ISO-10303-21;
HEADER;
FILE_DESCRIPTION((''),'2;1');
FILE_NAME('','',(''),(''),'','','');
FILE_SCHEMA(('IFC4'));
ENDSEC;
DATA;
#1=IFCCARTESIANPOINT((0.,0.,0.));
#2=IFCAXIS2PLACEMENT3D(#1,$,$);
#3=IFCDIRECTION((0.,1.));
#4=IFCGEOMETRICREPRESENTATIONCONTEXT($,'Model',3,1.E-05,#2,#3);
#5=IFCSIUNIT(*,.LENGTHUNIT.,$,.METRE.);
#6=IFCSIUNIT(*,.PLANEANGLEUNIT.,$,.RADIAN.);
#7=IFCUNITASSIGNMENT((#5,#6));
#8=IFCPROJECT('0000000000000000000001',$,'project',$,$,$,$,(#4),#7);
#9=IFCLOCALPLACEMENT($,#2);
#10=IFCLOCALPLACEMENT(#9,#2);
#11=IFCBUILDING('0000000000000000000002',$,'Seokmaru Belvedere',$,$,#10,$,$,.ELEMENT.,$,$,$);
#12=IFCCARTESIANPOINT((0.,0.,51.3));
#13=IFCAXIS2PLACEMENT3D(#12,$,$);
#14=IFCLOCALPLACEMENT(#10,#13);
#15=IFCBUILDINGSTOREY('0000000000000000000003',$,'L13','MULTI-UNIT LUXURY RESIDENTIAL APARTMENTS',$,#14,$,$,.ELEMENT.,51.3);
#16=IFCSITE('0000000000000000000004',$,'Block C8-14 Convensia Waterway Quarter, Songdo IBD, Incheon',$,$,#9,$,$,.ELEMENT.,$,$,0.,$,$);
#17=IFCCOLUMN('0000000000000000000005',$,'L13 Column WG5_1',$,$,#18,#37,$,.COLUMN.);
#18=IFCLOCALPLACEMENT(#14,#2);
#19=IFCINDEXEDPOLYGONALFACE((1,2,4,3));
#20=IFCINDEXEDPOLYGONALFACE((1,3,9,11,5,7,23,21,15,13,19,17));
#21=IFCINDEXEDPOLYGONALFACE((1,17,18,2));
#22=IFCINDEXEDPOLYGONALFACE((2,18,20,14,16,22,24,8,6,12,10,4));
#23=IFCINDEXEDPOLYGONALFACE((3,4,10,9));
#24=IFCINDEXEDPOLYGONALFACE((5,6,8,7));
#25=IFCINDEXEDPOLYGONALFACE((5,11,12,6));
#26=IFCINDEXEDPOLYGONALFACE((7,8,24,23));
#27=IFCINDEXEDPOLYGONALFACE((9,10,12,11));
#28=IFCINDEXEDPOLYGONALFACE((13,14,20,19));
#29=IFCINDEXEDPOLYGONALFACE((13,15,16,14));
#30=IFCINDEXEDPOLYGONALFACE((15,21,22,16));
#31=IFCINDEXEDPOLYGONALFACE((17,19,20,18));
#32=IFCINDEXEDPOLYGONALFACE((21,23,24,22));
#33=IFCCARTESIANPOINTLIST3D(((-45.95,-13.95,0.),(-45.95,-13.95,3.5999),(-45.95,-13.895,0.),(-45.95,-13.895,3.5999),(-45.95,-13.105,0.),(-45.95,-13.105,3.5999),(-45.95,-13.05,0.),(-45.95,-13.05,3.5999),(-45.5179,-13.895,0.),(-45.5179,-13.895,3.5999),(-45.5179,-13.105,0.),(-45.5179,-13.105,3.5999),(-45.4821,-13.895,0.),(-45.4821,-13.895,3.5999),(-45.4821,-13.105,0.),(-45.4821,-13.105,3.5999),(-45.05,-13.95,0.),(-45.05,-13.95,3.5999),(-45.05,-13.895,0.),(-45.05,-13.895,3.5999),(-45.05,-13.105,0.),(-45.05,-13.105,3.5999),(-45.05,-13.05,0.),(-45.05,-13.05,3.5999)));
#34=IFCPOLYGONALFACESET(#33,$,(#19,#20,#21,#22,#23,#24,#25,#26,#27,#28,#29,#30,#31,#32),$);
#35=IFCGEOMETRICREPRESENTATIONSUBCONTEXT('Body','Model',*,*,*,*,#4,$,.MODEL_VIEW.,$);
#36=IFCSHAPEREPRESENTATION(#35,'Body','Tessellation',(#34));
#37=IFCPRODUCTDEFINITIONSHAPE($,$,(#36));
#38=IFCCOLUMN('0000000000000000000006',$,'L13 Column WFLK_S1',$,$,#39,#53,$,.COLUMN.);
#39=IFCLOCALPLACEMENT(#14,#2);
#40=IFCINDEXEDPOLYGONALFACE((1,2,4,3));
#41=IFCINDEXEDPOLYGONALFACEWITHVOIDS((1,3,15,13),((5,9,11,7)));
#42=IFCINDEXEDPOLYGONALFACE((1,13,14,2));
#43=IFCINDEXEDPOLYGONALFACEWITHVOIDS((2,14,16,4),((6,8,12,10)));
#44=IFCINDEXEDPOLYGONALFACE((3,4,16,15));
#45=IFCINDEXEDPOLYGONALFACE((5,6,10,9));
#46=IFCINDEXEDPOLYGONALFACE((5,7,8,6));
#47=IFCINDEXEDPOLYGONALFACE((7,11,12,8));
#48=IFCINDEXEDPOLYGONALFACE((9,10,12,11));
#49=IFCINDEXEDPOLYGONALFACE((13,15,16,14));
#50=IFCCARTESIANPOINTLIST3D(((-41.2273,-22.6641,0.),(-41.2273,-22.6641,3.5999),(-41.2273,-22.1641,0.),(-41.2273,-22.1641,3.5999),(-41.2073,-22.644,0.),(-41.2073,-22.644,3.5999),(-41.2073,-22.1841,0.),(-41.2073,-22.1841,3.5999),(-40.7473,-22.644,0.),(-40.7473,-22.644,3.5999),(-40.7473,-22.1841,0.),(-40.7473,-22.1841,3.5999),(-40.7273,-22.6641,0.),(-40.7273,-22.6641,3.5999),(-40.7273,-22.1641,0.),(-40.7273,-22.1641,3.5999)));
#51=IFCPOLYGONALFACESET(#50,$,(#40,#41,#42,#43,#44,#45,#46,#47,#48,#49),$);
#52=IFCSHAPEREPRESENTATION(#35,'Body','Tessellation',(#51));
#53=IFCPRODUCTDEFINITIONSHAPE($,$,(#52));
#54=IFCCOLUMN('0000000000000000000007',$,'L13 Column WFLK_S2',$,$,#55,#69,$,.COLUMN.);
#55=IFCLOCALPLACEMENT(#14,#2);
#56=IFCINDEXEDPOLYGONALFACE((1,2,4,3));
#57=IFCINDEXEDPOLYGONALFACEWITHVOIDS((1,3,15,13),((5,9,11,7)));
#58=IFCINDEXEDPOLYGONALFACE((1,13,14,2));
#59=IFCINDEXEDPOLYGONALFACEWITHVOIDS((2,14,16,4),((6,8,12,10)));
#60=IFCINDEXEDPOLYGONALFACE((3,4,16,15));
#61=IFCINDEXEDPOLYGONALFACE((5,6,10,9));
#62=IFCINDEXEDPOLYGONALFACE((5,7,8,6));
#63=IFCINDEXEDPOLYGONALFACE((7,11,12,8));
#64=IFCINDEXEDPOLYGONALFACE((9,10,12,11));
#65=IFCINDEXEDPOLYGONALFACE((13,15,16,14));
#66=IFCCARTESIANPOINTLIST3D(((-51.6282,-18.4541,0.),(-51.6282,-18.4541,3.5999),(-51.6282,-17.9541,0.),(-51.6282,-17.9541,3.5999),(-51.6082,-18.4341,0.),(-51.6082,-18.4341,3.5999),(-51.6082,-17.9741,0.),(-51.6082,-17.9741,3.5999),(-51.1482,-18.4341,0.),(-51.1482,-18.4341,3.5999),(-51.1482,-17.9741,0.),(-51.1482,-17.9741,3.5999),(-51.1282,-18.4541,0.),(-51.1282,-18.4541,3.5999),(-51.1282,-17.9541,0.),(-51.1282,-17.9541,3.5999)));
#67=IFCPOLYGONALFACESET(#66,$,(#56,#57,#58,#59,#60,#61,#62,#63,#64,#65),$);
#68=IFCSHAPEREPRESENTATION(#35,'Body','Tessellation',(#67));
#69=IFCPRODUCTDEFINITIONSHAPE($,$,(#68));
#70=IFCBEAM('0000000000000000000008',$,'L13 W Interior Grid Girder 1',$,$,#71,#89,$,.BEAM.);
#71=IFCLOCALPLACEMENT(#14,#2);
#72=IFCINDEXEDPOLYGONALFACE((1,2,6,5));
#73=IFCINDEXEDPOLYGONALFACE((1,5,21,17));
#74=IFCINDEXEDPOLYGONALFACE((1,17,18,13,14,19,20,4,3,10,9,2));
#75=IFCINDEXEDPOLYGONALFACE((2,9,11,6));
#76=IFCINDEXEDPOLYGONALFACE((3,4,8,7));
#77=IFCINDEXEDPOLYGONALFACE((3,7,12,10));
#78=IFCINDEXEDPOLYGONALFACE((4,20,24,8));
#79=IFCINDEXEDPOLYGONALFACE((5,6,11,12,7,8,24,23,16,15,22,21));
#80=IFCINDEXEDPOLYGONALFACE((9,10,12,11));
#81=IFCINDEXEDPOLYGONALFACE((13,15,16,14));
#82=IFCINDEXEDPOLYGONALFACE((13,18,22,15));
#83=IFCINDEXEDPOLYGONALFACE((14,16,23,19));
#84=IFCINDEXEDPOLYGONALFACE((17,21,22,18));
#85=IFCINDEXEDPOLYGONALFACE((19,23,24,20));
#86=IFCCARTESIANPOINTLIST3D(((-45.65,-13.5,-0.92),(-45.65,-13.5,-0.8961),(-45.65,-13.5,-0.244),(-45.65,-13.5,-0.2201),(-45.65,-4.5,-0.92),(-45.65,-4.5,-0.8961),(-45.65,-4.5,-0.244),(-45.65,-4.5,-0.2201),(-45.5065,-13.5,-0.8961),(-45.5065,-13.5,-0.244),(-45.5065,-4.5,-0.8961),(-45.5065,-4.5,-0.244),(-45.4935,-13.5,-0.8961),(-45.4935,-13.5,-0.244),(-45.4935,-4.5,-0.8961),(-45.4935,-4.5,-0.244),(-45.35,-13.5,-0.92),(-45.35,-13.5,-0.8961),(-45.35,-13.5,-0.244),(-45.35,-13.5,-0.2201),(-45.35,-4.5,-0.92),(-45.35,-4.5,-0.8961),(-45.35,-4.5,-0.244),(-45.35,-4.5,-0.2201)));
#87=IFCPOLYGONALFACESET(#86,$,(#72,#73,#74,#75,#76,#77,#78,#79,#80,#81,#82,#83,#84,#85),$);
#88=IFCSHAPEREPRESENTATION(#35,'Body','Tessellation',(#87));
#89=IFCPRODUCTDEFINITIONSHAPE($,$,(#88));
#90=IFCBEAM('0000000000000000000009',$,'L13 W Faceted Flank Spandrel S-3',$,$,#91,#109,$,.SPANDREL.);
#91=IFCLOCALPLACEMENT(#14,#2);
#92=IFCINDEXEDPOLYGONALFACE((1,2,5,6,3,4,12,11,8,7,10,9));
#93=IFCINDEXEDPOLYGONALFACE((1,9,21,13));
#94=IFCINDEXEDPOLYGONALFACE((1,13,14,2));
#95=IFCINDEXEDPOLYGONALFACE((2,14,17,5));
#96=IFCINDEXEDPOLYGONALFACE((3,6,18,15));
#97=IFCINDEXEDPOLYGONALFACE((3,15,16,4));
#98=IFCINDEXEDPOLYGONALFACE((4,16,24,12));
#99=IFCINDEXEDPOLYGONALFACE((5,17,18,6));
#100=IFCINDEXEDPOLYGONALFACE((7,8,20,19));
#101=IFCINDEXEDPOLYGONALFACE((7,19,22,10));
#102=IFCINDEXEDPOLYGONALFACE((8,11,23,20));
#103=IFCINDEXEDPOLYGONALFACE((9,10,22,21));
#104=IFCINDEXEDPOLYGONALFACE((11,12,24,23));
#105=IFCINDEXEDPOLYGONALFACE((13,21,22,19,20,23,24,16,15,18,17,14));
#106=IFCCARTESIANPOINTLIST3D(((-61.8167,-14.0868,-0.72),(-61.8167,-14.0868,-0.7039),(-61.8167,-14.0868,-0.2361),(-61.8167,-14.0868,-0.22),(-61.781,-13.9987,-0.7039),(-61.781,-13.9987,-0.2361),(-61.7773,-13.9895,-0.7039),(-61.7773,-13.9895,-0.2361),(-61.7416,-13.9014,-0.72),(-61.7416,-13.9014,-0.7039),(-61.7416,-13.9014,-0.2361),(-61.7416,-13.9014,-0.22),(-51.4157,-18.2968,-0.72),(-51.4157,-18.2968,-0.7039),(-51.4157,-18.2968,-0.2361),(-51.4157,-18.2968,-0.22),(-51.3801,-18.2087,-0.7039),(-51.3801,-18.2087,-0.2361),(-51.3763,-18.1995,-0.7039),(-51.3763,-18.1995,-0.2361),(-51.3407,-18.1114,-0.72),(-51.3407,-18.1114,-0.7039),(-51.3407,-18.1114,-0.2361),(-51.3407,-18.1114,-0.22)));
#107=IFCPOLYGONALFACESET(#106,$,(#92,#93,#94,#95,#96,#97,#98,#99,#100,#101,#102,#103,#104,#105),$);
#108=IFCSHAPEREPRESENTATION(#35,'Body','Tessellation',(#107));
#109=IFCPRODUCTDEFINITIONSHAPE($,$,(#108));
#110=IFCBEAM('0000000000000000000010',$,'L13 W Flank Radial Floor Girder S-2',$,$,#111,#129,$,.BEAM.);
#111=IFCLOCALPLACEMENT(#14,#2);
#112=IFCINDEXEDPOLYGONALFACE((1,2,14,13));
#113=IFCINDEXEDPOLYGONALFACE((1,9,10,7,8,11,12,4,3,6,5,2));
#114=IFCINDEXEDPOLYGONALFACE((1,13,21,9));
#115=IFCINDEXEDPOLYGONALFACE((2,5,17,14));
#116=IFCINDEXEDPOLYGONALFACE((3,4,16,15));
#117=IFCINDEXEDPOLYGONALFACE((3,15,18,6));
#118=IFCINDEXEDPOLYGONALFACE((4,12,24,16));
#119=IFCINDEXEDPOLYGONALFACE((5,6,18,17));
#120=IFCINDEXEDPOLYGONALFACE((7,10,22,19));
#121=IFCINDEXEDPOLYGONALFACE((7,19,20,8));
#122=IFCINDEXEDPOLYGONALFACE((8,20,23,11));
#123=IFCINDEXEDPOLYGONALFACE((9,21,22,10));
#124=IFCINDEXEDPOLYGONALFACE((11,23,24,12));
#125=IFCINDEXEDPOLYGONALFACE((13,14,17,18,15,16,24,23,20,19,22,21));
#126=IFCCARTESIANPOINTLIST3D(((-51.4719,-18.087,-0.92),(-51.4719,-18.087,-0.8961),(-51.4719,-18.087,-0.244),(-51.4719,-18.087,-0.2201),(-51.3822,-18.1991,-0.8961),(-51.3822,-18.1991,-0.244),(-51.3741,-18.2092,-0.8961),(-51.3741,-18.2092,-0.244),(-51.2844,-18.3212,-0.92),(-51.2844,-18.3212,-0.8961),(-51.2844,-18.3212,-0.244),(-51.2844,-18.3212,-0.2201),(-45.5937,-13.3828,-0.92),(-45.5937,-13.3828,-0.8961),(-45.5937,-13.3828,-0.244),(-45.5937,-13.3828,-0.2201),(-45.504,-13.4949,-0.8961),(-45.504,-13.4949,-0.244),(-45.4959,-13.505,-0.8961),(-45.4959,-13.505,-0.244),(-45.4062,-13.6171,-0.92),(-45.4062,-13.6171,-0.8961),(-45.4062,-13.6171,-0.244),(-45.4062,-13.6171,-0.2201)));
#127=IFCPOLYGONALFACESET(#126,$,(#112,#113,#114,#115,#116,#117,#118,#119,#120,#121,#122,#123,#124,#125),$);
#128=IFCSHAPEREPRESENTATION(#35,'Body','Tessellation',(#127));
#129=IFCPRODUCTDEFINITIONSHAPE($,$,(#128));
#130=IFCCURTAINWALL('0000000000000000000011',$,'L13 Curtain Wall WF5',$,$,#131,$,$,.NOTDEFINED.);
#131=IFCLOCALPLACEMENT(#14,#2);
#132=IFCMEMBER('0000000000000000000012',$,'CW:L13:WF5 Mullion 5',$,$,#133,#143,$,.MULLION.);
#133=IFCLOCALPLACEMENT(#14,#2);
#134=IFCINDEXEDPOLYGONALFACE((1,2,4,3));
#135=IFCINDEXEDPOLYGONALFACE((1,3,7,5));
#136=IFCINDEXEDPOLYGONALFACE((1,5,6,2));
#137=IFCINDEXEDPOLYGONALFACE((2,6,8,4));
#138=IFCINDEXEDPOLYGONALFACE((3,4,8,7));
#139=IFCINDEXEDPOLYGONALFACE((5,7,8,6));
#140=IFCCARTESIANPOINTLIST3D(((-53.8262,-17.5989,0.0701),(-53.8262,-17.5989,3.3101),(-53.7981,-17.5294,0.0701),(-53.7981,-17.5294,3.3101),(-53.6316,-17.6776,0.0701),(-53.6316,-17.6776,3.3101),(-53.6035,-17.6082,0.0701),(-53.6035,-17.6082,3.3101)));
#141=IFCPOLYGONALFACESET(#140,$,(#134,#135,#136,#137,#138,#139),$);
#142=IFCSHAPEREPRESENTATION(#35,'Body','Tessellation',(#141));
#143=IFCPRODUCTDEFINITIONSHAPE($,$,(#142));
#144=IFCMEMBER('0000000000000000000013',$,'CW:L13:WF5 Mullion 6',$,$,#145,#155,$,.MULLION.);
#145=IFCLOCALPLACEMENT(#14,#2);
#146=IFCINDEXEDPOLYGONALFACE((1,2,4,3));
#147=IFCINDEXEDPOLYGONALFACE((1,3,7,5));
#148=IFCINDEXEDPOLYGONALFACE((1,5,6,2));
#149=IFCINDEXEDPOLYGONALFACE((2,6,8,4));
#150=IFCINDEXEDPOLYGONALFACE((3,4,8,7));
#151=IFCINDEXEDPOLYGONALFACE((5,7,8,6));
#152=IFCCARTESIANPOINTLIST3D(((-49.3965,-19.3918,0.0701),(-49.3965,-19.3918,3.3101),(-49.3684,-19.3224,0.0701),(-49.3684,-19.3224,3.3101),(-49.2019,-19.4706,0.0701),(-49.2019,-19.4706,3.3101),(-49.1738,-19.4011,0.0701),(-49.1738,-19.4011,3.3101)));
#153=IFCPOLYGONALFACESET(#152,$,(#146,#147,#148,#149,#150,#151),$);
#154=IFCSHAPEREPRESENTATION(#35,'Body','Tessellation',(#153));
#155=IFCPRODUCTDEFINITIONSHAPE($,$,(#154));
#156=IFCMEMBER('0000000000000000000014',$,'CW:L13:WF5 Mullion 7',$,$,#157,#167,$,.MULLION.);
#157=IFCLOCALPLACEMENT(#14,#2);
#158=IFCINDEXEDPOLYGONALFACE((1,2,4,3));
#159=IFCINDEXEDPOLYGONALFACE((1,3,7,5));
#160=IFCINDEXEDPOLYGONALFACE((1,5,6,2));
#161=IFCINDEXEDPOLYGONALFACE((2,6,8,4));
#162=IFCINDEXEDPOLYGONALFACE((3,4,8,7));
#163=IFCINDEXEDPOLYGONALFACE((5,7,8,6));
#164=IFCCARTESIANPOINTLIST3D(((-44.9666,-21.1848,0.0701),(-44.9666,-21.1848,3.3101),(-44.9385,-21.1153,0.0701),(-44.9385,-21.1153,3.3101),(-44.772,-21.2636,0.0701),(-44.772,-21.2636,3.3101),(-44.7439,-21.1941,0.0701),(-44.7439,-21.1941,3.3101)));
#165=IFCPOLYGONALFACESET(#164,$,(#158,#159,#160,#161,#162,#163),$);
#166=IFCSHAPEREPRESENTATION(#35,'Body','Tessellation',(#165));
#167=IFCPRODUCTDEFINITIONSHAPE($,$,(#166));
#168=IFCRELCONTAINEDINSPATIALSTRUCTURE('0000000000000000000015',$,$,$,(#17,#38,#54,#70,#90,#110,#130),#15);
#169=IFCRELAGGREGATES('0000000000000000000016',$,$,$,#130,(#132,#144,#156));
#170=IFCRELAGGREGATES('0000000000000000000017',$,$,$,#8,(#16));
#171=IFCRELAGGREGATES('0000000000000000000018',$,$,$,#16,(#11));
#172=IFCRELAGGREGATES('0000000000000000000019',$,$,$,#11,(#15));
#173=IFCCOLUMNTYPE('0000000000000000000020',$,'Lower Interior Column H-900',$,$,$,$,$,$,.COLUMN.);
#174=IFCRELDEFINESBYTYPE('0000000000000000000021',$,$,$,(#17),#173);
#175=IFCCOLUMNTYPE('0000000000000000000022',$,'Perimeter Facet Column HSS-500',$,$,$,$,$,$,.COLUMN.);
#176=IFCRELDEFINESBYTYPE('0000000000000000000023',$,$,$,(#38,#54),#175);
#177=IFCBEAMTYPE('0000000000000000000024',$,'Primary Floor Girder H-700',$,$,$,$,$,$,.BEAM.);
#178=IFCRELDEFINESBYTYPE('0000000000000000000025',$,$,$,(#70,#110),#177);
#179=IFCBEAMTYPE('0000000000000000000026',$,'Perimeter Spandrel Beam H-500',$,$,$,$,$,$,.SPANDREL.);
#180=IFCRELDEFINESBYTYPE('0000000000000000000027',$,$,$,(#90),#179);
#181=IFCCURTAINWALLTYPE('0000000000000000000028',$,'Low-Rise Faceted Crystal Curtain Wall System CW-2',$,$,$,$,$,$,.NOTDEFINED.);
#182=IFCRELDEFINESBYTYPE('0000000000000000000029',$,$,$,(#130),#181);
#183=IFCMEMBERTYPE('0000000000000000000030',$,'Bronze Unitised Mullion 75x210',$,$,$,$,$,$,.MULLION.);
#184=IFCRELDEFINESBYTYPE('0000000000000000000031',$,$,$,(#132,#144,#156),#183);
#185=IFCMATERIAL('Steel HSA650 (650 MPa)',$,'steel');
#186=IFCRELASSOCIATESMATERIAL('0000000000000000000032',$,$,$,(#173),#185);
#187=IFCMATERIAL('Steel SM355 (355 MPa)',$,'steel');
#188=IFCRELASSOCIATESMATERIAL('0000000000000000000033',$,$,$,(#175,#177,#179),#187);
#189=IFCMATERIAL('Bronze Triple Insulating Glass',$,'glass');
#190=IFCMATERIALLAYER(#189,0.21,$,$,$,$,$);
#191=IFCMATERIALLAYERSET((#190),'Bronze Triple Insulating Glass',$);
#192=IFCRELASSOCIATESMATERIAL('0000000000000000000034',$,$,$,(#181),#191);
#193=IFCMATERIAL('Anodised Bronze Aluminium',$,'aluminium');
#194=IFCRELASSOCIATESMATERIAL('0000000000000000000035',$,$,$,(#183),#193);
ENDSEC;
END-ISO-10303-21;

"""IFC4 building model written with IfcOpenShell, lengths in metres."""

from ifc_helpers import new_model, si_unit, direction, frame, origin, origin_2d, place, context, subcontext, project, spatial, rectangle, hollow_rectangle, i_section, extrude, source, transform, mapped, material, layer, layer_set, material_profile, profile_set, type_object, type_shapes, element, aggregate, save


model = new_model("IFC4")

# Units and contexts
model_context = context("Model", 3, precision=1e-05, world=origin(), true_north=direction((0.0, 1.0)))
body_context = subcontext(model_context, "Body", "Model", "MODEL_VIEW")
ifc_project = project(units=[si_unit("LENGTHUNIT", "METRE"), si_unit("PLANEANGLEUNIT", "RADIAN")], contexts=[model_context])

# Site, building, storey
site_placement = place(None, origin())
site = spatial("IfcSite", under=ifc_project, at=site_placement, Name="Block C8-14 Convensia Waterway Quarter, Songdo IBD, Incheon", CompositionType="ELEMENT", RefElevation=0.0)
building_placement = place(site_placement, origin())
building = spatial("IfcBuilding", under=site, at=building_placement, Name="Seokmaru Belvedere", CompositionType="ELEMENT")
storey_placement = place(building_placement, frame((0.0, 0.0, 51.3)))
storey = spatial("IfcBuildingStorey", under=building, at=storey_placement, Name="L13", Description="MULTI-UNIT LUXURY RESIDENTIAL APARTMENTS", CompositionType="ELEMENT", Elevation=51.3)

# Columns
ifc_material_1 = material(Name="Steel HSA650 (650 MPa)", Category="steel")
ifc_material_profile_1 = material_profile(ifc_material_1, i_section(OverallWidth=0.8999, OverallDepth=0.8999, WebThickness=0.0359, FlangeThickness=0.0549, at=origin_2d()), Name="H-900x900x36x55")
ifc_profile_set_1 = profile_set([ifc_material_profile_1], Name="Steel HSA650 (650 MPa)")
column_type_1 = type_object("IfcColumnType", Name="Lower Interior Column H-900", PredefinedType="COLUMN", material=ifc_profile_set_1)
shared_shape_1 = source(origin(), body_context, "Body", "SweptSolid", [
    extrude(i_section(OverallWidth=0.8999, OverallDepth=0.8999, WebThickness=0.0359, FlangeThickness=0.0549, at=origin_2d()), origin(), (0.0, 0.0, 1.0), 3.5999),
])
type_shapes(column_type_1, [shared_shape_1])
column_placement = place(storey_placement, frame((-45.5, -13.5, 0.0), z_axis=(0.0, 0.0, 1.0), x_axis=(1.0, 0.0, 0.0)))
element("IfcColumn", 1, at=column_placement, inside=storey, type_object=column_type_1, Name="L13 Column WG5_1", PredefinedType="COLUMN", context=body_context, shape_type="MappedRepresentation", body=[
    mapped(shared_shape_1, transform((0.0, 0.0, 0.0), scale=1.0)),
])
ifc_material_2 = material(Name="Steel SM355 (355 MPa)", Category="steel")
ifc_material_profile_2 = material_profile(ifc_material_2, hollow_rectangle(XDim=0.5, YDim=0.5, WallThickness=0.02, at=origin_2d()), Name="HSS-500x500x20")
ifc_profile_set_2 = profile_set([ifc_material_profile_2], Name="Steel SM355 (355 MPa)")
column_type_2 = type_object("IfcColumnType", Name="Perimeter Facet Column HSS-500", PredefinedType="COLUMN", material=ifc_profile_set_2)
shared_shape_2 = source(origin(), body_context, "Body", "SweptSolid", [
    extrude(hollow_rectangle(XDim=0.5, YDim=0.5, WallThickness=0.02, at=origin_2d()), origin(), (0.0, 0.0, 1.0), 3.5999),
])
type_shapes(column_type_2, [shared_shape_2])
for number, where, z_axis, x_axis, name in (
    (2, (-40.9773, -22.4141, 0.0), (0.0, 0.0, 1.0), (1.0, 0.0, 0.0), "L13 Column WFLK_S1"),
    (3, (-51.3782, -18.2041, 0.0), (0.0, 0.0, 1.0), (1.0, 0.0, 0.0), "L13 Column WFLK_S2"),
):
    element("IfcColumn", number, at=place(storey_placement, frame(where, z_axis=z_axis, x_axis=x_axis)), inside=storey, type_object=column_type_2, Name=name, PredefinedType="COLUMN", context=body_context, shape_type="MappedRepresentation", body=[
        mapped(shared_shape_2, transform((0.0, 0.0, 0.0), scale=1.0)),
    ])

# Beams
ifc_material_profile_3 = material_profile(ifc_material_2, i_section(OverallWidth=0.3, OverallDepth=0.7, WebThickness=0.0129, FlangeThickness=0.0239, at=origin_2d()), Name="H-700x300x13x24")
ifc_profile_set_3 = profile_set([ifc_material_profile_3], Name="Steel SM355 (355 MPa)")
beam_type_1 = type_object("IfcBeamType", Name="Primary Floor Girder H-700", PredefinedType="BEAM", material=ifc_profile_set_3)
shared_shape_3 = source(origin(), body_context, "Body", "SweptSolid", [
    extrude(i_section(OverallWidth=0.3, OverallDepth=0.7, WebThickness=0.0129, FlangeThickness=0.0239, at=origin_2d()), origin(), (0.0, 0.0, 1.0), 9.0),
])
beam_1_placement = place(storey_placement, frame((-45.5, -13.5, -0.5701), z_axis=(0.0, 1.0, 0.0), x_axis=(-1.0, 0.0, 0.0)))
element("IfcBeam", 4, at=beam_1_placement, inside=storey, type_object=beam_type_1, Name="L13 W Interior Grid Girder 1", PredefinedType="BEAM", context=body_context, shape_type="MappedRepresentation", body=[
    mapped(shared_shape_3, transform((0.0, 0.0, 0.0), scale=1.0)),
])
ifc_material_profile_4 = material_profile(ifc_material_2, i_section(OverallWidth=0.2, OverallDepth=0.5, WebThickness=0.01, FlangeThickness=0.0161, at=origin_2d()), Name="H-500x200x10x16")
ifc_profile_set_4 = profile_set([ifc_material_profile_4], Name="Steel SM355 (355 MPa)")
beam_type_2 = type_object("IfcBeamType", Name="Perimeter Spandrel Beam H-500", PredefinedType="SPANDREL", material=ifc_profile_set_4)
shared_shape_4 = source(origin(), body_context, "Body", "SweptSolid", [
    extrude(i_section(OverallWidth=0.2, OverallDepth=0.5, WebThickness=0.01, FlangeThickness=0.0161, at=origin_2d()), origin(), (0.0, 0.0, 1.0), 11.2207),
])
type_shapes(beam_type_2, [shared_shape_4])
beam_2_placement = place(storey_placement, frame((-51.3782, -18.2041, -0.47), z_axis=(-0.926944, 0.375199, 0.0), x_axis=(-0.375199, -0.926944, 0.0)))
element("IfcBeam", 5, at=beam_2_placement, inside=storey, type_object=beam_type_2, Name="L13 W Faceted Flank Spandrel S-3", PredefinedType="SPANDREL", context=body_context, shape_type="MappedRepresentation", body=[
    mapped(shared_shape_4, transform((0.0, 0.0, 0.0), scale=1.0)),
])
shared_shape_5 = source(origin(), body_context, "Body", "SweptSolid", [
    extrude(i_section(OverallWidth=0.3, OverallDepth=0.7, WebThickness=0.0129, FlangeThickness=0.0239, at=origin_2d()), origin(), (0.0, 0.0, 1.0), 7.5288),
])
type_shapes(beam_type_1, [shared_shape_3, shared_shape_5])
beam_3_placement = place(storey_placement, frame((-51.3782, -18.2041, -0.5701), z_axis=(0.780768, 0.624822, 0.0), x_axis=(-0.624822, 0.780768, 0.0)))
element("IfcBeam", 6, at=beam_3_placement, inside=storey, type_object=beam_type_1, Name="L13 W Flank Radial Floor Girder S-2", PredefinedType="BEAM", context=body_context, shape_type="MappedRepresentation", body=[
    mapped(shared_shape_5, transform((0.0, 0.0, 0.0), scale=1.0)),
])

# Curtain wall, members
ifc_material_3 = material(Name="Bronze Triple Insulating Glass", Category="glass")
ifc_layer_1 = layer(ifc_material_3, 0.21)
ifc_layer_set_1 = layer_set([ifc_layer_1], Name="Bronze Triple Insulating Glass")
curtain_wall_type = type_object("IfcCurtainWallType", Name="Low-Rise Faceted Crystal Curtain Wall System CW-2", PredefinedType="NOTDEFINED", material=ifc_layer_set_1)
curtain_wall_placement = place(storey_placement, origin())
curtain_wall = element("IfcCurtainWall", 7, at=curtain_wall_placement, inside=storey, type_object=curtain_wall_type, Name="L13 Curtain Wall WF5", PredefinedType="NOTDEFINED")
ifc_material_4 = material(Name="Anodised Bronze Aluminium", Category="aluminium")
ifc_material_profile_5 = material_profile(ifc_material_4, rectangle(XDim=0.075, YDim=0.21, at=origin_2d()), Name="CW-M-75x210")
ifc_profile_set_5 = profile_set([ifc_material_profile_5], Name="Anodised Bronze Aluminium")
member_type = type_object("IfcMemberType", Name="Bronze Unitised Mullion 75x210", PredefinedType="MULLION", material=ifc_profile_set_5)
shared_shape_6 = source(origin(), body_context, "Body", "SweptSolid", [
    extrude(rectangle(XDim=0.075, YDim=0.21, at=origin_2d()), origin(), (0.0, 0.0, 1.0), 3.24),
])
type_shapes(member_type, [shared_shape_6])
member_1_placement = place(storey_placement, frame((-53.7148, -17.6035, 0.0701), z_axis=(0.0, 0.0, 1.0), x_axis=(0.375192, 0.926947, 0.0)))
member_1 = element("IfcMember", 8, at=member_1_placement, type_object=member_type, Name="CW:L13:WF5 Mullion 5", PredefinedType="MULLION", context=body_context, shape_type="MappedRepresentation", body=[
    mapped(shared_shape_6, transform((0.0, 0.0, 0.0), scale=1.0)),
])
member_2_placement = place(storey_placement, frame((-49.2852, -19.3965, 0.0701), z_axis=(0.0, 0.0, 1.0), x_axis=(0.375192, 0.926947, 0.0)))
member_2 = element("IfcMember", 9, at=member_2_placement, type_object=member_type, Name="CW:L13:WF5 Mullion 6", PredefinedType="MULLION", context=body_context, shape_type="MappedRepresentation", body=[
    mapped(shared_shape_6, transform((0.0, 0.0, 0.0), scale=1.0)),
])
member_3_placement = place(storey_placement, frame((-44.8552, -21.1895, 0.0701), z_axis=(0.0, 0.0, 1.0), x_axis=(0.375192, 0.926947, 0.0)))
member_3 = element("IfcMember", 10, at=member_3_placement, type_object=member_type, Name="CW:L13:WF5 Mullion 7", PredefinedType="MULLION", context=body_context, shape_type="MappedRepresentation", body=[
    mapped(shared_shape_6, transform((0.0, 0.0, 0.0), scale=1.0)),
])
aggregate(curtain_wall, [member_1, member_2, member_3])

save(model, "model.ifc")
